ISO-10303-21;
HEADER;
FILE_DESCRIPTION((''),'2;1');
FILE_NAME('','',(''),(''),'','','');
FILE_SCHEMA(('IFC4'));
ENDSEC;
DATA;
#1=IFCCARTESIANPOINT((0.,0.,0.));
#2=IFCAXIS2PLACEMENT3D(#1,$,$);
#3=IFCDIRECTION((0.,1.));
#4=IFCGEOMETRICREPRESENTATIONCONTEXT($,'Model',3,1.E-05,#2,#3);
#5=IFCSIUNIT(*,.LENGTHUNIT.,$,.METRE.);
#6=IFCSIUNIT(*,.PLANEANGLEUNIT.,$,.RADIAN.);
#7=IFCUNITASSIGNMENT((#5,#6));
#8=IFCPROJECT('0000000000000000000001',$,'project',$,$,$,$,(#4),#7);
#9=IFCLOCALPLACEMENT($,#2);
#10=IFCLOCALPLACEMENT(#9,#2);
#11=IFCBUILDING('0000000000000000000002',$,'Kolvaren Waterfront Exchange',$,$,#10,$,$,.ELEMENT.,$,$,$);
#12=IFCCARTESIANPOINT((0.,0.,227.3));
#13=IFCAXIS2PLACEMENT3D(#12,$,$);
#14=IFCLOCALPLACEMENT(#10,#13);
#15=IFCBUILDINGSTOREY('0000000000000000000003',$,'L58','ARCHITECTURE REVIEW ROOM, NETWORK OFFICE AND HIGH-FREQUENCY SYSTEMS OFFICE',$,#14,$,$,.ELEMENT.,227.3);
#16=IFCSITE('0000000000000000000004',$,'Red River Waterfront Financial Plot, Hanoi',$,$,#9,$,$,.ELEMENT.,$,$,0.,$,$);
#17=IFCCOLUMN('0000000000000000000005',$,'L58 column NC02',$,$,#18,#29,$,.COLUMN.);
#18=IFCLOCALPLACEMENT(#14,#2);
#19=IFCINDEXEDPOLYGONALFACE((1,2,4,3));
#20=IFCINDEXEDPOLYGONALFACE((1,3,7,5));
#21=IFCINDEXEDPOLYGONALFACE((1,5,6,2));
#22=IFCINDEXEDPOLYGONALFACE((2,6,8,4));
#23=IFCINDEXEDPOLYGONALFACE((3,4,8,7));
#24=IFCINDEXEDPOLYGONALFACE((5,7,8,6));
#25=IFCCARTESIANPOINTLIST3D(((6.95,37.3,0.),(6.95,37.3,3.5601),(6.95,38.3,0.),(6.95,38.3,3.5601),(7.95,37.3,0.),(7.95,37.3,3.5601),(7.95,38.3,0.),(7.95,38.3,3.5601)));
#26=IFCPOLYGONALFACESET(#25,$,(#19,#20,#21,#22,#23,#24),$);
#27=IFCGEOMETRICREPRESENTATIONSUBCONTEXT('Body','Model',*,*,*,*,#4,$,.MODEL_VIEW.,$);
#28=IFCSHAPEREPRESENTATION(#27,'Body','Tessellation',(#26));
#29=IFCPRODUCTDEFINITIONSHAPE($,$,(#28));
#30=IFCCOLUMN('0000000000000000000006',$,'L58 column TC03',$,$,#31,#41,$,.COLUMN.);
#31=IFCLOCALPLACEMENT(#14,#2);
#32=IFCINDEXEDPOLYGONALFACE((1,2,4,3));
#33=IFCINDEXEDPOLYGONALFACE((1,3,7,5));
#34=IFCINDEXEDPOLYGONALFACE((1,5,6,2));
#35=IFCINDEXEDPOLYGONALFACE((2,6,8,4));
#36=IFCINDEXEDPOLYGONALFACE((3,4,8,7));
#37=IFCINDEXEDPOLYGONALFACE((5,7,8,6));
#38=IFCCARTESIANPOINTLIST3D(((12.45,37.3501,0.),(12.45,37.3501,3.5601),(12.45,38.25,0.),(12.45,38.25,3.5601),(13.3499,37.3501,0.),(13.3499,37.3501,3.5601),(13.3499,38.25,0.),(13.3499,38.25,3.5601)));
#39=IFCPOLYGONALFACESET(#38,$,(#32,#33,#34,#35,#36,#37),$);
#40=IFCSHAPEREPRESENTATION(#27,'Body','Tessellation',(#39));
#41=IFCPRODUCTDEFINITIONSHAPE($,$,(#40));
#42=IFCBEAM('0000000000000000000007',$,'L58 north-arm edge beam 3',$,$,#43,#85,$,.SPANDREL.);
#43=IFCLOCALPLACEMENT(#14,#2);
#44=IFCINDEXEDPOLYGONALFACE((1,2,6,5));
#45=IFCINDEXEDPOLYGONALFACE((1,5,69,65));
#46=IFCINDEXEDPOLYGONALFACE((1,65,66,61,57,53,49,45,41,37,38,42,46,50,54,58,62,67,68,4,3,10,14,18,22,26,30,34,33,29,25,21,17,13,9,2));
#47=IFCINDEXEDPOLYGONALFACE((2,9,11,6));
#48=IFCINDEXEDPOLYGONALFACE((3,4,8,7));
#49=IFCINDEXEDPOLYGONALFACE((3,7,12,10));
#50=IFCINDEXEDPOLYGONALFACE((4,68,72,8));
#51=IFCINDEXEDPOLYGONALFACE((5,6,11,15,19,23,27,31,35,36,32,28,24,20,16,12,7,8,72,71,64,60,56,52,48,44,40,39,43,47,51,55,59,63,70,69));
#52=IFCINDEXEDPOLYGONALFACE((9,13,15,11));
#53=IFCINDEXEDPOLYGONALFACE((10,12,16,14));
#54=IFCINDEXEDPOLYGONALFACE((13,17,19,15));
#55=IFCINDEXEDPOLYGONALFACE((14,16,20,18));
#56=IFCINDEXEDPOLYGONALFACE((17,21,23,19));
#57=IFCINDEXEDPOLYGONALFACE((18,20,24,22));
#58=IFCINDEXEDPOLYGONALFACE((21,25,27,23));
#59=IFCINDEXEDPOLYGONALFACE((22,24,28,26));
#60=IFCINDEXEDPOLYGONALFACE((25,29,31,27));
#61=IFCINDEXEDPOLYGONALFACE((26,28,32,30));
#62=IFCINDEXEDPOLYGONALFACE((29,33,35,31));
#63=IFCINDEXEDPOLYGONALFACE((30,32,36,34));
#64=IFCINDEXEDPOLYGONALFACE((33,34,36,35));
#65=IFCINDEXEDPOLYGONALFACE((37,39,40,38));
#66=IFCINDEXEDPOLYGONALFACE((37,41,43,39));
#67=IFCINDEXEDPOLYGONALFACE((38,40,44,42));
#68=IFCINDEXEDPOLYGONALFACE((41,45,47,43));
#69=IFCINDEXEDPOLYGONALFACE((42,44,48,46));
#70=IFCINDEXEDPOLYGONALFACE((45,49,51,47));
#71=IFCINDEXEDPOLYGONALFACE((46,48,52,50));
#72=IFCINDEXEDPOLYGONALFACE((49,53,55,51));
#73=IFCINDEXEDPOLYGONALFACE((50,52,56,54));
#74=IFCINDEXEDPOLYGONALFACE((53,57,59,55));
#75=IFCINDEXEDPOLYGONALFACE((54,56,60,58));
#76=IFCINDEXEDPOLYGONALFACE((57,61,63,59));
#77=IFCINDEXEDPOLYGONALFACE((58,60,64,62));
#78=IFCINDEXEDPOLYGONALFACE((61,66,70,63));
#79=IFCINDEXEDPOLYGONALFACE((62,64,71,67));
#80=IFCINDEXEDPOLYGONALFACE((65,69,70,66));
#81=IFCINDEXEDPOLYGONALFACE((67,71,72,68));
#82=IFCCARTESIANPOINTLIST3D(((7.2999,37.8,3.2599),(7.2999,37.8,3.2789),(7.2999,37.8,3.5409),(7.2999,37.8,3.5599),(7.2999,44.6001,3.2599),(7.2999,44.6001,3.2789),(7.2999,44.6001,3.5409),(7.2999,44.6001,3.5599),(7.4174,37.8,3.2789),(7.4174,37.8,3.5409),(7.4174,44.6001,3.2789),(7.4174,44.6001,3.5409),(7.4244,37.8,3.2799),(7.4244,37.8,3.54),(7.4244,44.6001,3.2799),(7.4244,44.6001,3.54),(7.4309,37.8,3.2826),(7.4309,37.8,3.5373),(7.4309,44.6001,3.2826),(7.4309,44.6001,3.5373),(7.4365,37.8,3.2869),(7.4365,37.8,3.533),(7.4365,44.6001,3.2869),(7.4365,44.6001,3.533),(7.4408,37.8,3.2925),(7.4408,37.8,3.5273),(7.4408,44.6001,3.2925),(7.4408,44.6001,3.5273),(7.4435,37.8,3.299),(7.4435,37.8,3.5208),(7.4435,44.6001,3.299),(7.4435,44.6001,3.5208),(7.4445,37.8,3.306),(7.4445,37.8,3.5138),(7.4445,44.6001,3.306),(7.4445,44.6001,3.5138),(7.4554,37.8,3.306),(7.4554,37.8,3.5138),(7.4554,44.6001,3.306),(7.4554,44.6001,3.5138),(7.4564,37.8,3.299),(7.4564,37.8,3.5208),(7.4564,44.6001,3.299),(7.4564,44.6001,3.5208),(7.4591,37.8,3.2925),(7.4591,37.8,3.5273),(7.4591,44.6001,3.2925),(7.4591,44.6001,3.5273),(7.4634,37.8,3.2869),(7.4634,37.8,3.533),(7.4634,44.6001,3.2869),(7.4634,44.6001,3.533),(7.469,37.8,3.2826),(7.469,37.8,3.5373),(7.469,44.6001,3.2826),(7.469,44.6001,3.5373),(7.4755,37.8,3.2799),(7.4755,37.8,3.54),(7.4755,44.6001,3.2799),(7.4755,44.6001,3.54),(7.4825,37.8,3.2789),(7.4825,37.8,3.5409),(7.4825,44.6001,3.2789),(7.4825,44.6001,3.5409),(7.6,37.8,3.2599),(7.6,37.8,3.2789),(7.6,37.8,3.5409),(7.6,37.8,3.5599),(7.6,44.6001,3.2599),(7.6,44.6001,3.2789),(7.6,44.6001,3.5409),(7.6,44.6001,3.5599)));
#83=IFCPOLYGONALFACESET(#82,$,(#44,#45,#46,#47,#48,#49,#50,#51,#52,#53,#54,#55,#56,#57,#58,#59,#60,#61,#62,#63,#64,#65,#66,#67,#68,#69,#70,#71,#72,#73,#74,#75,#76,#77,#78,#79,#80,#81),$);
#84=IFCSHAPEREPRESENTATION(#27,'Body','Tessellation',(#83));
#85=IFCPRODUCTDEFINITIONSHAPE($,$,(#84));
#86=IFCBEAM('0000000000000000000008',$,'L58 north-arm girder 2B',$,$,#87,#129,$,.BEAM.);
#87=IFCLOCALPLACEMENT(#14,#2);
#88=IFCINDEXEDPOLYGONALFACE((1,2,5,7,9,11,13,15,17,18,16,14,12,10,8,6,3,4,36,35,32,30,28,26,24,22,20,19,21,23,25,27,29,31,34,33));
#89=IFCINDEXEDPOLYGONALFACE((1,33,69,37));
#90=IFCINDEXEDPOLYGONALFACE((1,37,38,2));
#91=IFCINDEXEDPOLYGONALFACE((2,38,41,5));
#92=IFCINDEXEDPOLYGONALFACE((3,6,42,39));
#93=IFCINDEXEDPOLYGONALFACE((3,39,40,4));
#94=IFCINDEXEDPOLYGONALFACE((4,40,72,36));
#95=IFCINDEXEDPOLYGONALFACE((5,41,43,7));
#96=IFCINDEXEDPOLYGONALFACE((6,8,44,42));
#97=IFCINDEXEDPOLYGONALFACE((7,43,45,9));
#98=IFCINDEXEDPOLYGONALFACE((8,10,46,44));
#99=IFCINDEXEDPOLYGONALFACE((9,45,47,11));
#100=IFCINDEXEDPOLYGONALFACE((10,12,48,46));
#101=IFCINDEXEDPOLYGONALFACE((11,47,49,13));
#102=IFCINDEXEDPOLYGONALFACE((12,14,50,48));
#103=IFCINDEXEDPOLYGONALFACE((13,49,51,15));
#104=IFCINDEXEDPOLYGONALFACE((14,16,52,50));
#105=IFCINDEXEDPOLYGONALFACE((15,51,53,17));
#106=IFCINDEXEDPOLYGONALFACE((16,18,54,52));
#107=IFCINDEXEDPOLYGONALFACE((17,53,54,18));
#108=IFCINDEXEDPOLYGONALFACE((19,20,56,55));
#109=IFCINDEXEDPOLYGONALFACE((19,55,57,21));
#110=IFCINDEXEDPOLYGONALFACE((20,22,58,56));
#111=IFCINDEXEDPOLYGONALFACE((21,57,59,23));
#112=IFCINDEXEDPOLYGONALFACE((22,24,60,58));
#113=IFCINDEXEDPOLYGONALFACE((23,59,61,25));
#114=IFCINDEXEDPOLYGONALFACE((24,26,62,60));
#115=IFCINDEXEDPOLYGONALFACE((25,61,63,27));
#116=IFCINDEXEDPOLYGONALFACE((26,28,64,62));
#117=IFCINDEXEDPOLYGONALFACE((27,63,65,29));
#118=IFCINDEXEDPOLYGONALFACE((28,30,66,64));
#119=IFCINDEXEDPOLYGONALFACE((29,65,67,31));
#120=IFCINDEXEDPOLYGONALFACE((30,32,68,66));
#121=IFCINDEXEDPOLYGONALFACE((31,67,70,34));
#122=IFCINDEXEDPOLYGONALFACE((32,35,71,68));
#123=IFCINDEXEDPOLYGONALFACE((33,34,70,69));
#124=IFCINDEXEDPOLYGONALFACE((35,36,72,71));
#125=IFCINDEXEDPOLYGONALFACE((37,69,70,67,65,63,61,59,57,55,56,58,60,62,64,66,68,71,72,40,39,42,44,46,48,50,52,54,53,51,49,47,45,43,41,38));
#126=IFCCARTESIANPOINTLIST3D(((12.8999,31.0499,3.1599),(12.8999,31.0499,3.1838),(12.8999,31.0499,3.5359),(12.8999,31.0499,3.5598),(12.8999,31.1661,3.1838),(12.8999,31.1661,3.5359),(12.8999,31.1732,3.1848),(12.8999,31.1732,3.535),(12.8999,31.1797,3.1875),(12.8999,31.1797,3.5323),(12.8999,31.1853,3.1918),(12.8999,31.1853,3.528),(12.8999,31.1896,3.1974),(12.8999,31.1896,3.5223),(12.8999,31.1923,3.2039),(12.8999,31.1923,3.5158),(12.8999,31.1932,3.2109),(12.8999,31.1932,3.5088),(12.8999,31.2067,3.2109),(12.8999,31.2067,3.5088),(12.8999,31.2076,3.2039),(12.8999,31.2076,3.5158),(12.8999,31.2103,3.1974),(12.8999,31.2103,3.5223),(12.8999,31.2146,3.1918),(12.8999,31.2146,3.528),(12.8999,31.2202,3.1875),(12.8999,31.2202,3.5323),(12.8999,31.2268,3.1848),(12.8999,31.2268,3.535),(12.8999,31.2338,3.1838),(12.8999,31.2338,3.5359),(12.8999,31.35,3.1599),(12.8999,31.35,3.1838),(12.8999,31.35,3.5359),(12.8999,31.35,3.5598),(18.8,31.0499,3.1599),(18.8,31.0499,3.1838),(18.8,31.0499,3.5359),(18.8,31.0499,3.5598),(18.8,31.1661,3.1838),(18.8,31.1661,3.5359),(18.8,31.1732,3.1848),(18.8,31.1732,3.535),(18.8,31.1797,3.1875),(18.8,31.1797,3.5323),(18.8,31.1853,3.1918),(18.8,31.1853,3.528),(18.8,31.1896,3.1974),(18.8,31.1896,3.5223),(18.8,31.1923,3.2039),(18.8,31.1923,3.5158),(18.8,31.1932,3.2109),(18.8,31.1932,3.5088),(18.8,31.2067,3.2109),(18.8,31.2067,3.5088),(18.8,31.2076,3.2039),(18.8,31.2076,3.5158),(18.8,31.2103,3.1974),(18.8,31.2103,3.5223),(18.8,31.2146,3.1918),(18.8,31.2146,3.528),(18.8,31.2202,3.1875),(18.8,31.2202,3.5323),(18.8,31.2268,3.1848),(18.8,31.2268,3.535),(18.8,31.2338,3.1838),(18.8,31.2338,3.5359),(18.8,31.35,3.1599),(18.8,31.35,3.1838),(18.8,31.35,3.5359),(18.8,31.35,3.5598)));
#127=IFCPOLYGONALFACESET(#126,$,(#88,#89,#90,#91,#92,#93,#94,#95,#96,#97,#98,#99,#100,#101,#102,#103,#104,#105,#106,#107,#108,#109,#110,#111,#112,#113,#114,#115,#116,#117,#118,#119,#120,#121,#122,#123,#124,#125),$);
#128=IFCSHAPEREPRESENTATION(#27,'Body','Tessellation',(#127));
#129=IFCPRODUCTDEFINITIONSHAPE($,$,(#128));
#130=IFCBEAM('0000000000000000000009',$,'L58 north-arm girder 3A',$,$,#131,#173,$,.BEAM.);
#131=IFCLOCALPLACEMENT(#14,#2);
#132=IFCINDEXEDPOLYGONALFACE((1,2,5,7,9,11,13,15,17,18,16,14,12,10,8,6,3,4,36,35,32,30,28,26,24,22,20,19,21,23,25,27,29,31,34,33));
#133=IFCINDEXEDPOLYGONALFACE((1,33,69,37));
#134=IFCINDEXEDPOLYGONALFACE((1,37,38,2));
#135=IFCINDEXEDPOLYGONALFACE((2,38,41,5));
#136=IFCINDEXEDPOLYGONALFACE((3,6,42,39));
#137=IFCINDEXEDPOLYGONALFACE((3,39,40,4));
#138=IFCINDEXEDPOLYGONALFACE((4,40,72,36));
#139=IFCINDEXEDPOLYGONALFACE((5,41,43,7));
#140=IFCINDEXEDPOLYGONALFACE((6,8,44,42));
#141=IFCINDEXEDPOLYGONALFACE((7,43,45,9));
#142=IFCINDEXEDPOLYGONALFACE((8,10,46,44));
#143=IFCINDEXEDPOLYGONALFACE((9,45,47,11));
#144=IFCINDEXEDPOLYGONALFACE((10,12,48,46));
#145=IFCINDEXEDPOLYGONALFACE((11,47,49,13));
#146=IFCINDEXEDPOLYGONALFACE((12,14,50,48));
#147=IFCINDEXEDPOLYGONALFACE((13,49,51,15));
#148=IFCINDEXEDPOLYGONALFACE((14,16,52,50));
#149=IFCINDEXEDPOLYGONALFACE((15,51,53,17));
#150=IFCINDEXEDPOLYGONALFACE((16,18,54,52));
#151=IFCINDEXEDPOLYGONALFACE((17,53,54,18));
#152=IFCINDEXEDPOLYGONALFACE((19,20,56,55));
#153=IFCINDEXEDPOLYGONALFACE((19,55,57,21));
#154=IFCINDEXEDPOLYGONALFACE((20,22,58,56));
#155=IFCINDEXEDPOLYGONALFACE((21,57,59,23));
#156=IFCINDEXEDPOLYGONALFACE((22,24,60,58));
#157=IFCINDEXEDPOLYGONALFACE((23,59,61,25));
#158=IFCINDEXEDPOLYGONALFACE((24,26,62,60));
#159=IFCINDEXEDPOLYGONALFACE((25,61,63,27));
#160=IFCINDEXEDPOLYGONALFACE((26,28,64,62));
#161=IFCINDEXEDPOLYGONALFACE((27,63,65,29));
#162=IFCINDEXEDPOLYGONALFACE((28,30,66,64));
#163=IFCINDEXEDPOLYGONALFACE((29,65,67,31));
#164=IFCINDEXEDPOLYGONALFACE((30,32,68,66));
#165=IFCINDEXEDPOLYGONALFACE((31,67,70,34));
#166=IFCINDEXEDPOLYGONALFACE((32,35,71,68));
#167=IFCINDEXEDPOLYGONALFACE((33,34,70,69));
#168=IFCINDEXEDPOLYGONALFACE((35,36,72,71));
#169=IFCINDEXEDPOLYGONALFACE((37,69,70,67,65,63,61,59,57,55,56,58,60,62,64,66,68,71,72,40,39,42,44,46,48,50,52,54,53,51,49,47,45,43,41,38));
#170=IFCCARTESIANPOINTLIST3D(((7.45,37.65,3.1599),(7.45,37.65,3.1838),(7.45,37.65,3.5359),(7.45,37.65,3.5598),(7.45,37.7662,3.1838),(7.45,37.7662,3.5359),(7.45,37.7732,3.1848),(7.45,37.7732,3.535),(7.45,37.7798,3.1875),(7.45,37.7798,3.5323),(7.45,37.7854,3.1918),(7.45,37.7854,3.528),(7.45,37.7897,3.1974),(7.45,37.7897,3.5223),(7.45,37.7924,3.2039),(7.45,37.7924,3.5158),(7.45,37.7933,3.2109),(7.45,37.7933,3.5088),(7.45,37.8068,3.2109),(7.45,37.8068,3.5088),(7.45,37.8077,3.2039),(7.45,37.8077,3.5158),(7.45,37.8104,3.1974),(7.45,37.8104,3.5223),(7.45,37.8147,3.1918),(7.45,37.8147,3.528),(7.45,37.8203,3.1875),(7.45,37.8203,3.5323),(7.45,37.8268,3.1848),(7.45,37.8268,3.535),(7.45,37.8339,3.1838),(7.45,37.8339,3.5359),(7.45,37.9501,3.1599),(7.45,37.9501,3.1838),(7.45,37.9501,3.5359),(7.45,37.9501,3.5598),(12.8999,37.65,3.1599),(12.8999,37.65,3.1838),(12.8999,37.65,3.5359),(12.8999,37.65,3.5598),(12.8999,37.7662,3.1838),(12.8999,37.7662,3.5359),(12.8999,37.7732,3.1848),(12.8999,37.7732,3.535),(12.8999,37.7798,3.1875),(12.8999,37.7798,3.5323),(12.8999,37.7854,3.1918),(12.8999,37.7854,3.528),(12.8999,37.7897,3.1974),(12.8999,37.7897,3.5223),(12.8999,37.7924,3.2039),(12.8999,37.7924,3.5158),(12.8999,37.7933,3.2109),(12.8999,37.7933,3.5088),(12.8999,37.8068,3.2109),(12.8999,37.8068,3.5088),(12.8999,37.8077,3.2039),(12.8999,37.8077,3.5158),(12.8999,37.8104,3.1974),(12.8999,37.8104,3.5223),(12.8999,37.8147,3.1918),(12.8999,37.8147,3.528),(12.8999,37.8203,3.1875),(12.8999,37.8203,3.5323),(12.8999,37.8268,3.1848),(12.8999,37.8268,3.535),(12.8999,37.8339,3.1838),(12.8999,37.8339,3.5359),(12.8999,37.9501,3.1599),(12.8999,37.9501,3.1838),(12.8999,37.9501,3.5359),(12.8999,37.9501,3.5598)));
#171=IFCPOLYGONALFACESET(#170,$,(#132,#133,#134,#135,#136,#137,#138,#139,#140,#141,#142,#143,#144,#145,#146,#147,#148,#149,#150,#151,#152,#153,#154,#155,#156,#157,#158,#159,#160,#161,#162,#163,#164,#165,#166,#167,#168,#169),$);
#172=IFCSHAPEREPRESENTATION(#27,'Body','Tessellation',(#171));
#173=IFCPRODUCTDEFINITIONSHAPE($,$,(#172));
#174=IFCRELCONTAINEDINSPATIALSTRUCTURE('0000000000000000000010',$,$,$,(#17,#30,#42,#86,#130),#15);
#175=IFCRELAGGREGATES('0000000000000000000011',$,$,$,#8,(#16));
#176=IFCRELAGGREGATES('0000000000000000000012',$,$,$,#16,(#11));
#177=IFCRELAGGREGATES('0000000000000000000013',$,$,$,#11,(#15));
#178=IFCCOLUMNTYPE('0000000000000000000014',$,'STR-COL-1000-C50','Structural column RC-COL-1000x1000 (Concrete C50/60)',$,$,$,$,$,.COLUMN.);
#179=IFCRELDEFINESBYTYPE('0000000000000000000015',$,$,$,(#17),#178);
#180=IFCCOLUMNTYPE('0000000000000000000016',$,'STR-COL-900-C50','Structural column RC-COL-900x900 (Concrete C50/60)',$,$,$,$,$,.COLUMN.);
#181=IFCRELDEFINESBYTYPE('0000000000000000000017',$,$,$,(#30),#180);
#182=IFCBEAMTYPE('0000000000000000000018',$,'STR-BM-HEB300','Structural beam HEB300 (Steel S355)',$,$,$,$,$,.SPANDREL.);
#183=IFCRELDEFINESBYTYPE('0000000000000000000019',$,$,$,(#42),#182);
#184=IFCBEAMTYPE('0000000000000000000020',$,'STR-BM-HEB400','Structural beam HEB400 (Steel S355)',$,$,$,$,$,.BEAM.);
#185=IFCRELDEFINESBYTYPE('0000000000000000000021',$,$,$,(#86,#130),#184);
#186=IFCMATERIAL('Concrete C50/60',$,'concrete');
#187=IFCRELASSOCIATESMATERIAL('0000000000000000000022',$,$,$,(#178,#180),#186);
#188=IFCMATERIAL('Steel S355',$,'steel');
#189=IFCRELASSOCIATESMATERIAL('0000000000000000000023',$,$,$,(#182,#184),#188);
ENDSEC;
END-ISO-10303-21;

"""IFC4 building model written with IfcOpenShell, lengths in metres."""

from ifc_helpers import new_model, si_unit, direction, frame, origin, origin_2d, place, context, subcontext, project, spatial, rectangle, i_section, extrude, material, material_profile, profile_set, type_object, element, save


model = new_model("IFC4")

# Units and contexts
model_context = context("Model", 3, precision=1e-05, world=origin(), true_north=direction((0.0, 1.0)))
body_context = subcontext(model_context, "Body", "Model", "MODEL_VIEW")
ifc_project = project(units=[si_unit("LENGTHUNIT", "METRE"), si_unit("PLANEANGLEUNIT", "RADIAN")], contexts=[model_context])

# Site, building, storey
site_placement = place(None, origin())
site = spatial("IfcSite", under=ifc_project, at=site_placement, Name="Red River Waterfront Financial Plot, Hanoi", CompositionType="ELEMENT", RefElevation=0.0)
building_placement = place(site_placement, origin())
building = spatial("IfcBuilding", under=site, at=building_placement, Name="Kolvaren Waterfront Exchange", CompositionType="ELEMENT")
storey_placement = place(building_placement, frame((0.0, 0.0, 227.3)))
storey = spatial("IfcBuildingStorey", under=building, at=storey_placement, Name="L58", Description="ARCHITECTURE REVIEW ROOM, NETWORK OFFICE AND HIGH-FREQUENCY SYSTEMS OFFICE", CompositionType="ELEMENT", Elevation=227.3)

# Columns
ifc_material_1 = material(Name="Concrete C50/60", Category="concrete")
ifc_material_profile_1 = material_profile(ifc_material_1, rectangle(XDim=1.0, YDim=1.0, at=origin_2d()), Name="RC-COL-1000x1000")
ifc_profile_set_1 = profile_set([ifc_material_profile_1], Name="Concrete C50/60")
column_type_1 = type_object("IfcColumnType", Name="STR-COL-1000-C50", Description="Structural column RC-COL-1000x1000 (Concrete C50/60)", PredefinedType="COLUMN", material=ifc_profile_set_1)
column_1_placement = place(storey_placement, frame((7.45, 37.8, 0.0), z_axis=(0.0, 0.0, 1.0), x_axis=(1.0, 0.0, 0.0)))
element("IfcColumn", 1, at=column_1_placement, inside=storey, type_object=column_type_1, Name="L58 column NC02", PredefinedType="COLUMN", context=body_context, shape_type="SweptSolid", body=[
    extrude(rectangle(XDim=1.0, YDim=1.0, at=origin_2d()), origin(), (0.0, 0.0, 1.0), 3.5601),
])
ifc_material_profile_2 = material_profile(ifc_material_1, rectangle(XDim=0.8999, YDim=0.8999, at=origin_2d()), Name="RC-COL-900x900")
ifc_profile_set_2 = profile_set([ifc_material_profile_2], Name="Concrete C50/60")
column_type_2 = type_object("IfcColumnType", Name="STR-COL-900-C50", Description="Structural column RC-COL-900x900 (Concrete C50/60)", PredefinedType="COLUMN", material=ifc_profile_set_2)
column_2_placement = place(storey_placement, frame((12.8999, 37.8, 0.0), z_axis=(0.0, 0.0, 1.0), x_axis=(1.0, 0.0, 0.0)))
element("IfcColumn", 2, at=column_2_placement, inside=storey, type_object=column_type_2, Name="L58 column TC03", PredefinedType="COLUMN", context=body_context, shape_type="SweptSolid", body=[
    extrude(rectangle(XDim=0.8999, YDim=0.8999, at=origin_2d()), origin(), (0.0, 0.0, 1.0), 3.5601),
])

# Beams
ifc_material_2 = material(Name="Steel S355", Category="steel")
ifc_material_profile_3 = material_profile(ifc_material_2, i_section(OverallWidth=0.3, OverallDepth=0.3, WebThickness=0.011, FlangeThickness=0.019, FilletRadius=0.0271, at=origin_2d()), Name="HEB300")
ifc_profile_set_3 = profile_set([ifc_material_profile_3], Name="Steel S355")
beam_type_1 = type_object("IfcBeamType", Name="STR-BM-HEB300", Description="Structural beam HEB300 (Steel S355)", PredefinedType="SPANDREL", material=ifc_profile_set_3)
beam_1_placement = place(storey_placement, frame((7.45, 37.8, 3.4099), z_axis=(0.0, 1.0, 0.0), x_axis=(-1.0, 0.0, 0.0)))
element("IfcBeam", 3, at=beam_1_placement, inside=storey, type_object=beam_type_1, Name="L58 north-arm edge beam 3", PredefinedType="SPANDREL", context=body_context, shape_type="SweptSolid", body=[
    extrude(i_section(OverallWidth=0.3, OverallDepth=0.3, WebThickness=0.011, FlangeThickness=0.019, FilletRadius=0.0271, at=origin_2d()), origin(), (0.0, 0.0, 1.0), 6.8),
])
ifc_material_profile_4 = material_profile(ifc_material_2, i_section(OverallWidth=0.3, OverallDepth=0.3999, WebThickness=0.0134, FlangeThickness=0.0239, FilletRadius=0.0271, at=origin_2d()), Name="HEB400")
ifc_profile_set_4 = profile_set([ifc_material_profile_4], Name="Steel S355")
beam_type_2 = type_object("IfcBeamType", Name="STR-BM-HEB400", Description="Structural beam HEB400 (Steel S355)", PredefinedType="BEAM", material=ifc_profile_set_4)
beam_2_placement = place(storey_placement, frame((12.8999, 31.2, 3.3599), z_axis=(1.0, 0.0, 0.0), x_axis=(0.0, 1.0, 0.0)))
element("IfcBeam", 4, at=beam_2_placement, inside=storey, type_object=beam_type_2, Name="L58 north-arm girder 2B", PredefinedType="BEAM", context=body_context, shape_type="SweptSolid", body=[
    extrude(i_section(OverallWidth=0.3, OverallDepth=0.3999, WebThickness=0.0134, FlangeThickness=0.0239, FilletRadius=0.0271, at=origin_2d()), origin(), (0.0, 0.0, 1.0), 5.9001),
])
beam_3_placement = place(storey_placement, frame((7.45, 37.8, 3.3599), z_axis=(1.0, 0.0, 0.0), x_axis=(0.0, 1.0, 0.0)))
element("IfcBeam", 5, at=beam_3_placement, inside=storey, type_object=beam_type_2, Name="L58 north-arm girder 3A", PredefinedType="BEAM", context=body_context, shape_type="SweptSolid", body=[
    extrude(i_section(OverallWidth=0.3, OverallDepth=0.3999, WebThickness=0.0134, FlangeThickness=0.0239, FilletRadius=0.0271, at=origin_2d()), origin(), (0.0, 0.0, 1.0), 5.45),
])

save(model, "model.ifc")
